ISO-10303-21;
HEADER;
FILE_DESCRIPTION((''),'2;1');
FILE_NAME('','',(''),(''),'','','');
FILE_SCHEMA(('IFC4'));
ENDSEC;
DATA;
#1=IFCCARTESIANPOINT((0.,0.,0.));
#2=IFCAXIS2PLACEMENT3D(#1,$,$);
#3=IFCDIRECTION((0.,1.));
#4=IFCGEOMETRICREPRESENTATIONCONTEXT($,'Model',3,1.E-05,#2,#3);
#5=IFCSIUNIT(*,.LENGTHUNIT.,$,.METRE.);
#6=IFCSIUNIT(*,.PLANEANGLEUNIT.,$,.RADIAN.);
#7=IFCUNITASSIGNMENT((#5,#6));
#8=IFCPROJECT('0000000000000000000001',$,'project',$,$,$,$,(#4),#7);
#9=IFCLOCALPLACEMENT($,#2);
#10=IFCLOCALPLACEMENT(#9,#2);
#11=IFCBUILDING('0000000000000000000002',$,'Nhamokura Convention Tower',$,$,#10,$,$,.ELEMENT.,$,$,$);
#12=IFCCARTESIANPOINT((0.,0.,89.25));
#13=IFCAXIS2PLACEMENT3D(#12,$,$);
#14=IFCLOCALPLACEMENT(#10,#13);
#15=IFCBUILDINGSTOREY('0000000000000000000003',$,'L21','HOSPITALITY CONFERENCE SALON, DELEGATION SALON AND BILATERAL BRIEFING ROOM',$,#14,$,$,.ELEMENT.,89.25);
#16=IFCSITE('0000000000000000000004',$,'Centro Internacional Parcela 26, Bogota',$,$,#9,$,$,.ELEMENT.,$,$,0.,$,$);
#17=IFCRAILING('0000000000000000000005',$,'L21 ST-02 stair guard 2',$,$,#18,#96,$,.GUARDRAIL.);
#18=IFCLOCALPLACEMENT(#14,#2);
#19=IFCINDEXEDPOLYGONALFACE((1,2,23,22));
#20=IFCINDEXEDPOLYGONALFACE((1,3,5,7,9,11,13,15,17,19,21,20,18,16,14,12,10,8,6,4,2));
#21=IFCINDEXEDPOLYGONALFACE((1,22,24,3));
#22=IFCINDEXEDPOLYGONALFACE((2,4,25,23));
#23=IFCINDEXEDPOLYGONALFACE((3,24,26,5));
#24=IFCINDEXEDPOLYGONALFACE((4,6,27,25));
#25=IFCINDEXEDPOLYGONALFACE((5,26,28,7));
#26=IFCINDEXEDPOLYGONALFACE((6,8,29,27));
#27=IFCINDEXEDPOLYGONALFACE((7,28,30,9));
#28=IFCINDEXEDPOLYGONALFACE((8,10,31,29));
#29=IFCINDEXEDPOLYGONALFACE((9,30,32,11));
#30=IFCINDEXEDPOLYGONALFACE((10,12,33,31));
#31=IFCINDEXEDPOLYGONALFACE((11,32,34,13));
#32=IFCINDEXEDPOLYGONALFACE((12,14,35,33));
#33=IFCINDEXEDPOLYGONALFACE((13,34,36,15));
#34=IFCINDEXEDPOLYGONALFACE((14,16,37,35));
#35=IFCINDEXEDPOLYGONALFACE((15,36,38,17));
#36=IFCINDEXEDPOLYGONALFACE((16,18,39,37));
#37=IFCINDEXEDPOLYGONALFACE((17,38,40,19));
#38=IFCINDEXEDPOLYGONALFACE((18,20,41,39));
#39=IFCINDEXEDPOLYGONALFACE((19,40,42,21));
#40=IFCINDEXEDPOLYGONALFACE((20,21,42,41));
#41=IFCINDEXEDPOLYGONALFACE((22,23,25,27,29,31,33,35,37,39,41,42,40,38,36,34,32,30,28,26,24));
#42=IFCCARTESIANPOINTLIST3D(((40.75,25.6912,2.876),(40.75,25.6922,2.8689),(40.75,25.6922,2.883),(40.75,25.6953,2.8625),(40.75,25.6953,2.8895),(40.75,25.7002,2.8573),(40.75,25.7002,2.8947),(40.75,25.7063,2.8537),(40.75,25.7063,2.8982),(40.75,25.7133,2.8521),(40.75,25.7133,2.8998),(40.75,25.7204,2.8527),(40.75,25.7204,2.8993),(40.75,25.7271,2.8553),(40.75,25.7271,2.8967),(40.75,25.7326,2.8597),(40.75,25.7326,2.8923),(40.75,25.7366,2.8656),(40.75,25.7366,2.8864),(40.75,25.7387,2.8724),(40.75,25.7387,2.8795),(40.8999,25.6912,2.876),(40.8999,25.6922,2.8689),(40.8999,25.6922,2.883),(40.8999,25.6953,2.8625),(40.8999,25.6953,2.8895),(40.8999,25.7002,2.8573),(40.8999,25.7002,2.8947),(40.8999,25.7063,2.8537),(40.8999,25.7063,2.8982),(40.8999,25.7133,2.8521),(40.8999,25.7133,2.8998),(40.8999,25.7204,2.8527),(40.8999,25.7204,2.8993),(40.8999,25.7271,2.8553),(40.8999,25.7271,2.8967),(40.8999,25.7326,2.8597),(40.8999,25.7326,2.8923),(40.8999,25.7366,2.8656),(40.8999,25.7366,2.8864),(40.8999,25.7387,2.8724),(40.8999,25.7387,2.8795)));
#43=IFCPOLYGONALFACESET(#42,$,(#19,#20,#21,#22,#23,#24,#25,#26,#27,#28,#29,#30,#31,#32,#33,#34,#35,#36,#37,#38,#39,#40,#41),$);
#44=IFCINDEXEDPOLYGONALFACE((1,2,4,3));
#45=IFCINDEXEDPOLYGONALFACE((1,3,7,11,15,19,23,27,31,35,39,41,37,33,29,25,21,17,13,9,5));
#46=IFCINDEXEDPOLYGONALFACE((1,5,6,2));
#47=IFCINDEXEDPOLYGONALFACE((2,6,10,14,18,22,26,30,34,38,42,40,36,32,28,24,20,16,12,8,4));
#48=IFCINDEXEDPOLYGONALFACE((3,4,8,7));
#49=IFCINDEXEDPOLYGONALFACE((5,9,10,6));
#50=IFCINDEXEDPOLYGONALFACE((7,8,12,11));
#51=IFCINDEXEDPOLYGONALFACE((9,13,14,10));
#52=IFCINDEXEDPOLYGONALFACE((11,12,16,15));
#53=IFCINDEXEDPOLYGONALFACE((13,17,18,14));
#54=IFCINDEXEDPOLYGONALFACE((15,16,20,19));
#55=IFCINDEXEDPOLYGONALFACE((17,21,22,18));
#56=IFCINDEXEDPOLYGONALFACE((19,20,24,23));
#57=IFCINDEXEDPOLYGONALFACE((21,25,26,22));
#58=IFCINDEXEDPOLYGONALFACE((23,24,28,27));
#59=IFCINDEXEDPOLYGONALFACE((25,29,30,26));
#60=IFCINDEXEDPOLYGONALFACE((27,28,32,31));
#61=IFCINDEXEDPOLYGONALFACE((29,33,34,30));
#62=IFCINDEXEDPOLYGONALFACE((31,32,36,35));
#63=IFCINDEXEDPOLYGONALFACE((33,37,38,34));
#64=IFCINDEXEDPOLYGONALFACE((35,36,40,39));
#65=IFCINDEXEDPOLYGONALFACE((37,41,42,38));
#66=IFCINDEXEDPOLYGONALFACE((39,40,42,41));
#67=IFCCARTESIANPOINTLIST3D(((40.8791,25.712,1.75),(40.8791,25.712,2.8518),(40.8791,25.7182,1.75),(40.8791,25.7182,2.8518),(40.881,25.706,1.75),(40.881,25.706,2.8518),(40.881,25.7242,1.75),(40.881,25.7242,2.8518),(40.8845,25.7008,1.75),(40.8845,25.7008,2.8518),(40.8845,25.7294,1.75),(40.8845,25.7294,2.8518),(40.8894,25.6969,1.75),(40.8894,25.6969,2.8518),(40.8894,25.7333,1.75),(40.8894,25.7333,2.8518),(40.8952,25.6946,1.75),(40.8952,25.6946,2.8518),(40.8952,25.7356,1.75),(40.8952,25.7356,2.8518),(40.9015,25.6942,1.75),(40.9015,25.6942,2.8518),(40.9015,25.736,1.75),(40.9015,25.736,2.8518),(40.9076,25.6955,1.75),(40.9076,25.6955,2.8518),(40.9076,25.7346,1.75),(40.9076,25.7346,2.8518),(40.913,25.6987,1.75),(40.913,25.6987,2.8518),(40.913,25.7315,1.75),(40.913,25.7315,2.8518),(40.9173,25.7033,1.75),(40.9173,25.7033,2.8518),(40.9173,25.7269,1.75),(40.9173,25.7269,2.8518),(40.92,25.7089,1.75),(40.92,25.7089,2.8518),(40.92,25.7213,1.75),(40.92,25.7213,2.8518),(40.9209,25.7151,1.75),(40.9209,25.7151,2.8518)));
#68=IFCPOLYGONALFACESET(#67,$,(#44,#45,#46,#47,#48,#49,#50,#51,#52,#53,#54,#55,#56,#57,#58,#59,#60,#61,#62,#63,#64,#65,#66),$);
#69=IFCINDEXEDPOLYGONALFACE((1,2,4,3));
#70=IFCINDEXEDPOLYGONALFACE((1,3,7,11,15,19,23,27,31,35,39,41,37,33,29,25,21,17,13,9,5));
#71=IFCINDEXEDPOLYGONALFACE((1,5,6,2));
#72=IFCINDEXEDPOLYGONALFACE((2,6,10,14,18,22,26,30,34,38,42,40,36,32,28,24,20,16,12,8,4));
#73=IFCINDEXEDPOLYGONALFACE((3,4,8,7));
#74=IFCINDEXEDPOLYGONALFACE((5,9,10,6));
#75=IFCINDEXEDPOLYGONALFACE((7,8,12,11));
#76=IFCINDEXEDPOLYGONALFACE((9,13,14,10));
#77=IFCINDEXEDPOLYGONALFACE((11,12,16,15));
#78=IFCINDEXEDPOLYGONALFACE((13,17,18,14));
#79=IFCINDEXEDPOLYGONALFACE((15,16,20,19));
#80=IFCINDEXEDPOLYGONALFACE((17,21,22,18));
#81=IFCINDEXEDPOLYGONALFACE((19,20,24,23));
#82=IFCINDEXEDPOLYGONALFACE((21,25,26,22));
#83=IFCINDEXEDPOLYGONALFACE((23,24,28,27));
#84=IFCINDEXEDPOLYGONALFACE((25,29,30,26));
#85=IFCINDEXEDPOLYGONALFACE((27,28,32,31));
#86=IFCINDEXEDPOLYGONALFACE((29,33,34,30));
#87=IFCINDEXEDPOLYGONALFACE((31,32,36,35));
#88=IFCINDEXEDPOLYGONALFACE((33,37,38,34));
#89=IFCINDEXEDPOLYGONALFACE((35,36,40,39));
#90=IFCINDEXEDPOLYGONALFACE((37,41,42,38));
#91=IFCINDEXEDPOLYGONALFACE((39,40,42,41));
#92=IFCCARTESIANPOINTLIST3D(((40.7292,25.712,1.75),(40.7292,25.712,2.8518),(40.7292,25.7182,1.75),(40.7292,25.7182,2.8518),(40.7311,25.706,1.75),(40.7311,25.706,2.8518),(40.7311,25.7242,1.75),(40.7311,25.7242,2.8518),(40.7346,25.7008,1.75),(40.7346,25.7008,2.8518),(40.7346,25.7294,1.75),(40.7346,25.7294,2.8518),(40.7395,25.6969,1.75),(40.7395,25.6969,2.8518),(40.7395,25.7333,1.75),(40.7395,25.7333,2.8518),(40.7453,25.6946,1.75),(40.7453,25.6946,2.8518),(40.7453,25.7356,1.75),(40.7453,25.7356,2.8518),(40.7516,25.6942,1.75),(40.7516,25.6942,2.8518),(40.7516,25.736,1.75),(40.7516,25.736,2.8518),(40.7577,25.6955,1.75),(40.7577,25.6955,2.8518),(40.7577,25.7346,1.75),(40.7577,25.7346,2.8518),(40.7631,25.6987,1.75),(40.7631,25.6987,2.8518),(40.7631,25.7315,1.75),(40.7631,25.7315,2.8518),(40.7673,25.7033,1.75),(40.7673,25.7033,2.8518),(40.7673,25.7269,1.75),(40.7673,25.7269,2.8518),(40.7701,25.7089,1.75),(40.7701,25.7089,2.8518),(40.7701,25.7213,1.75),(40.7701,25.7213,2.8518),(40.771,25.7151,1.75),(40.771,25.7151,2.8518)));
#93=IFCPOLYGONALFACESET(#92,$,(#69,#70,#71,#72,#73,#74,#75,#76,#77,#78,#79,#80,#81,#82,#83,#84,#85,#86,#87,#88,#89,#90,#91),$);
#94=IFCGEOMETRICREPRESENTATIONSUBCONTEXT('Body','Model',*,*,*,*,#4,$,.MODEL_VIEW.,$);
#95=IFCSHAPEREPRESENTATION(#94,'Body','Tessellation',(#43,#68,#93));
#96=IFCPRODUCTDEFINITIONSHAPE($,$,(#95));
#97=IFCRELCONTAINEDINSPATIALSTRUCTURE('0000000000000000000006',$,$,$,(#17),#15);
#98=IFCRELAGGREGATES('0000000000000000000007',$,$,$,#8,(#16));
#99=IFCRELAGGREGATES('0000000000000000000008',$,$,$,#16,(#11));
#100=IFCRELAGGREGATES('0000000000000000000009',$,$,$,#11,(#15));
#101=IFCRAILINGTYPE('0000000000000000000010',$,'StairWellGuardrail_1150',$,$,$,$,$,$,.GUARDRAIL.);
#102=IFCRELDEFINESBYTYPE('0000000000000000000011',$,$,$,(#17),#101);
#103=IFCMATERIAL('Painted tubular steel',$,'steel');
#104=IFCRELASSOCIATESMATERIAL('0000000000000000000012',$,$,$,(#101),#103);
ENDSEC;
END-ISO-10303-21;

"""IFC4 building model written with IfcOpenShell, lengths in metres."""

from ifc_helpers import new_model, si_unit, direction, frame, origin, origin_2d, place, context, subcontext, project, spatial, circle, extrude, material, type_object, element, save


model = new_model("IFC4")

# Units and contexts
model_context = context("Model", 3, precision=1e-05, world=origin(), true_north=direction((0.0, 1.0)))
body_context = subcontext(model_context, "Body", "Model", "MODEL_VIEW")
ifc_project = project(units=[si_unit("LENGTHUNIT", "METRE"), si_unit("PLANEANGLEUNIT", "RADIAN")], contexts=[model_context])

# Site, building, storey
site_placement = place(None, origin())
site = spatial("IfcSite", under=ifc_project, at=site_placement, Name="Centro Internacional Parcela 26, Bogota", CompositionType="ELEMENT", RefElevation=0.0)
building_placement = place(site_placement, origin())
building = spatial("IfcBuilding", under=site, at=building_placement, Name="Nhamokura Convention Tower", CompositionType="ELEMENT")
storey_placement = place(building_placement, frame((0.0, 0.0, 89.25)))
storey = spatial("IfcBuildingStorey", under=building, at=storey_placement, Name="L21", Description="HOSPITALITY CONFERENCE SALON, DELEGATION SALON AND BILATERAL BRIEFING ROOM", CompositionType="ELEMENT", Elevation=89.25)

# Railing
ifc_material_1 = material(Name="Painted tubular steel", Category="steel")
railing_type_1 = type_object("IfcRailingType", Name="StairWellGuardrail_1150", PredefinedType="GUARDRAIL", material=ifc_material_1)
railing_1_placement = place(storey_placement, frame((40.8999, 25.7151, 1.75)))
element("IfcRailing", 1, at=railing_1_placement, inside=storey, type_object=railing_type_1, Name="L21 ST-02 stair guard 2", PredefinedType="GUARDRAIL", context=body_context, shape_type="SweptSolid", body=[
    extrude(circle(Radius=0.0239, at=origin_2d()), frame((0.0, 0.0, 1.126), z_axis=(-1.0, 0.0, 0.0), x_axis=(0.0, -1.0, 0.0)), (0.0, 0.0, 1.0), 0.1499),
    extrude(circle(Radius=0.021, at=origin_2d()), origin(), (0.0, 0.0, 1.0), 1.1018),
    extrude(circle(Radius=0.021, at=origin_2d()), frame((-0.1499, 0.0, 0.0)), (0.0, 0.0, 1.0), 1.1018),
])

save(model, "model.ifc")
